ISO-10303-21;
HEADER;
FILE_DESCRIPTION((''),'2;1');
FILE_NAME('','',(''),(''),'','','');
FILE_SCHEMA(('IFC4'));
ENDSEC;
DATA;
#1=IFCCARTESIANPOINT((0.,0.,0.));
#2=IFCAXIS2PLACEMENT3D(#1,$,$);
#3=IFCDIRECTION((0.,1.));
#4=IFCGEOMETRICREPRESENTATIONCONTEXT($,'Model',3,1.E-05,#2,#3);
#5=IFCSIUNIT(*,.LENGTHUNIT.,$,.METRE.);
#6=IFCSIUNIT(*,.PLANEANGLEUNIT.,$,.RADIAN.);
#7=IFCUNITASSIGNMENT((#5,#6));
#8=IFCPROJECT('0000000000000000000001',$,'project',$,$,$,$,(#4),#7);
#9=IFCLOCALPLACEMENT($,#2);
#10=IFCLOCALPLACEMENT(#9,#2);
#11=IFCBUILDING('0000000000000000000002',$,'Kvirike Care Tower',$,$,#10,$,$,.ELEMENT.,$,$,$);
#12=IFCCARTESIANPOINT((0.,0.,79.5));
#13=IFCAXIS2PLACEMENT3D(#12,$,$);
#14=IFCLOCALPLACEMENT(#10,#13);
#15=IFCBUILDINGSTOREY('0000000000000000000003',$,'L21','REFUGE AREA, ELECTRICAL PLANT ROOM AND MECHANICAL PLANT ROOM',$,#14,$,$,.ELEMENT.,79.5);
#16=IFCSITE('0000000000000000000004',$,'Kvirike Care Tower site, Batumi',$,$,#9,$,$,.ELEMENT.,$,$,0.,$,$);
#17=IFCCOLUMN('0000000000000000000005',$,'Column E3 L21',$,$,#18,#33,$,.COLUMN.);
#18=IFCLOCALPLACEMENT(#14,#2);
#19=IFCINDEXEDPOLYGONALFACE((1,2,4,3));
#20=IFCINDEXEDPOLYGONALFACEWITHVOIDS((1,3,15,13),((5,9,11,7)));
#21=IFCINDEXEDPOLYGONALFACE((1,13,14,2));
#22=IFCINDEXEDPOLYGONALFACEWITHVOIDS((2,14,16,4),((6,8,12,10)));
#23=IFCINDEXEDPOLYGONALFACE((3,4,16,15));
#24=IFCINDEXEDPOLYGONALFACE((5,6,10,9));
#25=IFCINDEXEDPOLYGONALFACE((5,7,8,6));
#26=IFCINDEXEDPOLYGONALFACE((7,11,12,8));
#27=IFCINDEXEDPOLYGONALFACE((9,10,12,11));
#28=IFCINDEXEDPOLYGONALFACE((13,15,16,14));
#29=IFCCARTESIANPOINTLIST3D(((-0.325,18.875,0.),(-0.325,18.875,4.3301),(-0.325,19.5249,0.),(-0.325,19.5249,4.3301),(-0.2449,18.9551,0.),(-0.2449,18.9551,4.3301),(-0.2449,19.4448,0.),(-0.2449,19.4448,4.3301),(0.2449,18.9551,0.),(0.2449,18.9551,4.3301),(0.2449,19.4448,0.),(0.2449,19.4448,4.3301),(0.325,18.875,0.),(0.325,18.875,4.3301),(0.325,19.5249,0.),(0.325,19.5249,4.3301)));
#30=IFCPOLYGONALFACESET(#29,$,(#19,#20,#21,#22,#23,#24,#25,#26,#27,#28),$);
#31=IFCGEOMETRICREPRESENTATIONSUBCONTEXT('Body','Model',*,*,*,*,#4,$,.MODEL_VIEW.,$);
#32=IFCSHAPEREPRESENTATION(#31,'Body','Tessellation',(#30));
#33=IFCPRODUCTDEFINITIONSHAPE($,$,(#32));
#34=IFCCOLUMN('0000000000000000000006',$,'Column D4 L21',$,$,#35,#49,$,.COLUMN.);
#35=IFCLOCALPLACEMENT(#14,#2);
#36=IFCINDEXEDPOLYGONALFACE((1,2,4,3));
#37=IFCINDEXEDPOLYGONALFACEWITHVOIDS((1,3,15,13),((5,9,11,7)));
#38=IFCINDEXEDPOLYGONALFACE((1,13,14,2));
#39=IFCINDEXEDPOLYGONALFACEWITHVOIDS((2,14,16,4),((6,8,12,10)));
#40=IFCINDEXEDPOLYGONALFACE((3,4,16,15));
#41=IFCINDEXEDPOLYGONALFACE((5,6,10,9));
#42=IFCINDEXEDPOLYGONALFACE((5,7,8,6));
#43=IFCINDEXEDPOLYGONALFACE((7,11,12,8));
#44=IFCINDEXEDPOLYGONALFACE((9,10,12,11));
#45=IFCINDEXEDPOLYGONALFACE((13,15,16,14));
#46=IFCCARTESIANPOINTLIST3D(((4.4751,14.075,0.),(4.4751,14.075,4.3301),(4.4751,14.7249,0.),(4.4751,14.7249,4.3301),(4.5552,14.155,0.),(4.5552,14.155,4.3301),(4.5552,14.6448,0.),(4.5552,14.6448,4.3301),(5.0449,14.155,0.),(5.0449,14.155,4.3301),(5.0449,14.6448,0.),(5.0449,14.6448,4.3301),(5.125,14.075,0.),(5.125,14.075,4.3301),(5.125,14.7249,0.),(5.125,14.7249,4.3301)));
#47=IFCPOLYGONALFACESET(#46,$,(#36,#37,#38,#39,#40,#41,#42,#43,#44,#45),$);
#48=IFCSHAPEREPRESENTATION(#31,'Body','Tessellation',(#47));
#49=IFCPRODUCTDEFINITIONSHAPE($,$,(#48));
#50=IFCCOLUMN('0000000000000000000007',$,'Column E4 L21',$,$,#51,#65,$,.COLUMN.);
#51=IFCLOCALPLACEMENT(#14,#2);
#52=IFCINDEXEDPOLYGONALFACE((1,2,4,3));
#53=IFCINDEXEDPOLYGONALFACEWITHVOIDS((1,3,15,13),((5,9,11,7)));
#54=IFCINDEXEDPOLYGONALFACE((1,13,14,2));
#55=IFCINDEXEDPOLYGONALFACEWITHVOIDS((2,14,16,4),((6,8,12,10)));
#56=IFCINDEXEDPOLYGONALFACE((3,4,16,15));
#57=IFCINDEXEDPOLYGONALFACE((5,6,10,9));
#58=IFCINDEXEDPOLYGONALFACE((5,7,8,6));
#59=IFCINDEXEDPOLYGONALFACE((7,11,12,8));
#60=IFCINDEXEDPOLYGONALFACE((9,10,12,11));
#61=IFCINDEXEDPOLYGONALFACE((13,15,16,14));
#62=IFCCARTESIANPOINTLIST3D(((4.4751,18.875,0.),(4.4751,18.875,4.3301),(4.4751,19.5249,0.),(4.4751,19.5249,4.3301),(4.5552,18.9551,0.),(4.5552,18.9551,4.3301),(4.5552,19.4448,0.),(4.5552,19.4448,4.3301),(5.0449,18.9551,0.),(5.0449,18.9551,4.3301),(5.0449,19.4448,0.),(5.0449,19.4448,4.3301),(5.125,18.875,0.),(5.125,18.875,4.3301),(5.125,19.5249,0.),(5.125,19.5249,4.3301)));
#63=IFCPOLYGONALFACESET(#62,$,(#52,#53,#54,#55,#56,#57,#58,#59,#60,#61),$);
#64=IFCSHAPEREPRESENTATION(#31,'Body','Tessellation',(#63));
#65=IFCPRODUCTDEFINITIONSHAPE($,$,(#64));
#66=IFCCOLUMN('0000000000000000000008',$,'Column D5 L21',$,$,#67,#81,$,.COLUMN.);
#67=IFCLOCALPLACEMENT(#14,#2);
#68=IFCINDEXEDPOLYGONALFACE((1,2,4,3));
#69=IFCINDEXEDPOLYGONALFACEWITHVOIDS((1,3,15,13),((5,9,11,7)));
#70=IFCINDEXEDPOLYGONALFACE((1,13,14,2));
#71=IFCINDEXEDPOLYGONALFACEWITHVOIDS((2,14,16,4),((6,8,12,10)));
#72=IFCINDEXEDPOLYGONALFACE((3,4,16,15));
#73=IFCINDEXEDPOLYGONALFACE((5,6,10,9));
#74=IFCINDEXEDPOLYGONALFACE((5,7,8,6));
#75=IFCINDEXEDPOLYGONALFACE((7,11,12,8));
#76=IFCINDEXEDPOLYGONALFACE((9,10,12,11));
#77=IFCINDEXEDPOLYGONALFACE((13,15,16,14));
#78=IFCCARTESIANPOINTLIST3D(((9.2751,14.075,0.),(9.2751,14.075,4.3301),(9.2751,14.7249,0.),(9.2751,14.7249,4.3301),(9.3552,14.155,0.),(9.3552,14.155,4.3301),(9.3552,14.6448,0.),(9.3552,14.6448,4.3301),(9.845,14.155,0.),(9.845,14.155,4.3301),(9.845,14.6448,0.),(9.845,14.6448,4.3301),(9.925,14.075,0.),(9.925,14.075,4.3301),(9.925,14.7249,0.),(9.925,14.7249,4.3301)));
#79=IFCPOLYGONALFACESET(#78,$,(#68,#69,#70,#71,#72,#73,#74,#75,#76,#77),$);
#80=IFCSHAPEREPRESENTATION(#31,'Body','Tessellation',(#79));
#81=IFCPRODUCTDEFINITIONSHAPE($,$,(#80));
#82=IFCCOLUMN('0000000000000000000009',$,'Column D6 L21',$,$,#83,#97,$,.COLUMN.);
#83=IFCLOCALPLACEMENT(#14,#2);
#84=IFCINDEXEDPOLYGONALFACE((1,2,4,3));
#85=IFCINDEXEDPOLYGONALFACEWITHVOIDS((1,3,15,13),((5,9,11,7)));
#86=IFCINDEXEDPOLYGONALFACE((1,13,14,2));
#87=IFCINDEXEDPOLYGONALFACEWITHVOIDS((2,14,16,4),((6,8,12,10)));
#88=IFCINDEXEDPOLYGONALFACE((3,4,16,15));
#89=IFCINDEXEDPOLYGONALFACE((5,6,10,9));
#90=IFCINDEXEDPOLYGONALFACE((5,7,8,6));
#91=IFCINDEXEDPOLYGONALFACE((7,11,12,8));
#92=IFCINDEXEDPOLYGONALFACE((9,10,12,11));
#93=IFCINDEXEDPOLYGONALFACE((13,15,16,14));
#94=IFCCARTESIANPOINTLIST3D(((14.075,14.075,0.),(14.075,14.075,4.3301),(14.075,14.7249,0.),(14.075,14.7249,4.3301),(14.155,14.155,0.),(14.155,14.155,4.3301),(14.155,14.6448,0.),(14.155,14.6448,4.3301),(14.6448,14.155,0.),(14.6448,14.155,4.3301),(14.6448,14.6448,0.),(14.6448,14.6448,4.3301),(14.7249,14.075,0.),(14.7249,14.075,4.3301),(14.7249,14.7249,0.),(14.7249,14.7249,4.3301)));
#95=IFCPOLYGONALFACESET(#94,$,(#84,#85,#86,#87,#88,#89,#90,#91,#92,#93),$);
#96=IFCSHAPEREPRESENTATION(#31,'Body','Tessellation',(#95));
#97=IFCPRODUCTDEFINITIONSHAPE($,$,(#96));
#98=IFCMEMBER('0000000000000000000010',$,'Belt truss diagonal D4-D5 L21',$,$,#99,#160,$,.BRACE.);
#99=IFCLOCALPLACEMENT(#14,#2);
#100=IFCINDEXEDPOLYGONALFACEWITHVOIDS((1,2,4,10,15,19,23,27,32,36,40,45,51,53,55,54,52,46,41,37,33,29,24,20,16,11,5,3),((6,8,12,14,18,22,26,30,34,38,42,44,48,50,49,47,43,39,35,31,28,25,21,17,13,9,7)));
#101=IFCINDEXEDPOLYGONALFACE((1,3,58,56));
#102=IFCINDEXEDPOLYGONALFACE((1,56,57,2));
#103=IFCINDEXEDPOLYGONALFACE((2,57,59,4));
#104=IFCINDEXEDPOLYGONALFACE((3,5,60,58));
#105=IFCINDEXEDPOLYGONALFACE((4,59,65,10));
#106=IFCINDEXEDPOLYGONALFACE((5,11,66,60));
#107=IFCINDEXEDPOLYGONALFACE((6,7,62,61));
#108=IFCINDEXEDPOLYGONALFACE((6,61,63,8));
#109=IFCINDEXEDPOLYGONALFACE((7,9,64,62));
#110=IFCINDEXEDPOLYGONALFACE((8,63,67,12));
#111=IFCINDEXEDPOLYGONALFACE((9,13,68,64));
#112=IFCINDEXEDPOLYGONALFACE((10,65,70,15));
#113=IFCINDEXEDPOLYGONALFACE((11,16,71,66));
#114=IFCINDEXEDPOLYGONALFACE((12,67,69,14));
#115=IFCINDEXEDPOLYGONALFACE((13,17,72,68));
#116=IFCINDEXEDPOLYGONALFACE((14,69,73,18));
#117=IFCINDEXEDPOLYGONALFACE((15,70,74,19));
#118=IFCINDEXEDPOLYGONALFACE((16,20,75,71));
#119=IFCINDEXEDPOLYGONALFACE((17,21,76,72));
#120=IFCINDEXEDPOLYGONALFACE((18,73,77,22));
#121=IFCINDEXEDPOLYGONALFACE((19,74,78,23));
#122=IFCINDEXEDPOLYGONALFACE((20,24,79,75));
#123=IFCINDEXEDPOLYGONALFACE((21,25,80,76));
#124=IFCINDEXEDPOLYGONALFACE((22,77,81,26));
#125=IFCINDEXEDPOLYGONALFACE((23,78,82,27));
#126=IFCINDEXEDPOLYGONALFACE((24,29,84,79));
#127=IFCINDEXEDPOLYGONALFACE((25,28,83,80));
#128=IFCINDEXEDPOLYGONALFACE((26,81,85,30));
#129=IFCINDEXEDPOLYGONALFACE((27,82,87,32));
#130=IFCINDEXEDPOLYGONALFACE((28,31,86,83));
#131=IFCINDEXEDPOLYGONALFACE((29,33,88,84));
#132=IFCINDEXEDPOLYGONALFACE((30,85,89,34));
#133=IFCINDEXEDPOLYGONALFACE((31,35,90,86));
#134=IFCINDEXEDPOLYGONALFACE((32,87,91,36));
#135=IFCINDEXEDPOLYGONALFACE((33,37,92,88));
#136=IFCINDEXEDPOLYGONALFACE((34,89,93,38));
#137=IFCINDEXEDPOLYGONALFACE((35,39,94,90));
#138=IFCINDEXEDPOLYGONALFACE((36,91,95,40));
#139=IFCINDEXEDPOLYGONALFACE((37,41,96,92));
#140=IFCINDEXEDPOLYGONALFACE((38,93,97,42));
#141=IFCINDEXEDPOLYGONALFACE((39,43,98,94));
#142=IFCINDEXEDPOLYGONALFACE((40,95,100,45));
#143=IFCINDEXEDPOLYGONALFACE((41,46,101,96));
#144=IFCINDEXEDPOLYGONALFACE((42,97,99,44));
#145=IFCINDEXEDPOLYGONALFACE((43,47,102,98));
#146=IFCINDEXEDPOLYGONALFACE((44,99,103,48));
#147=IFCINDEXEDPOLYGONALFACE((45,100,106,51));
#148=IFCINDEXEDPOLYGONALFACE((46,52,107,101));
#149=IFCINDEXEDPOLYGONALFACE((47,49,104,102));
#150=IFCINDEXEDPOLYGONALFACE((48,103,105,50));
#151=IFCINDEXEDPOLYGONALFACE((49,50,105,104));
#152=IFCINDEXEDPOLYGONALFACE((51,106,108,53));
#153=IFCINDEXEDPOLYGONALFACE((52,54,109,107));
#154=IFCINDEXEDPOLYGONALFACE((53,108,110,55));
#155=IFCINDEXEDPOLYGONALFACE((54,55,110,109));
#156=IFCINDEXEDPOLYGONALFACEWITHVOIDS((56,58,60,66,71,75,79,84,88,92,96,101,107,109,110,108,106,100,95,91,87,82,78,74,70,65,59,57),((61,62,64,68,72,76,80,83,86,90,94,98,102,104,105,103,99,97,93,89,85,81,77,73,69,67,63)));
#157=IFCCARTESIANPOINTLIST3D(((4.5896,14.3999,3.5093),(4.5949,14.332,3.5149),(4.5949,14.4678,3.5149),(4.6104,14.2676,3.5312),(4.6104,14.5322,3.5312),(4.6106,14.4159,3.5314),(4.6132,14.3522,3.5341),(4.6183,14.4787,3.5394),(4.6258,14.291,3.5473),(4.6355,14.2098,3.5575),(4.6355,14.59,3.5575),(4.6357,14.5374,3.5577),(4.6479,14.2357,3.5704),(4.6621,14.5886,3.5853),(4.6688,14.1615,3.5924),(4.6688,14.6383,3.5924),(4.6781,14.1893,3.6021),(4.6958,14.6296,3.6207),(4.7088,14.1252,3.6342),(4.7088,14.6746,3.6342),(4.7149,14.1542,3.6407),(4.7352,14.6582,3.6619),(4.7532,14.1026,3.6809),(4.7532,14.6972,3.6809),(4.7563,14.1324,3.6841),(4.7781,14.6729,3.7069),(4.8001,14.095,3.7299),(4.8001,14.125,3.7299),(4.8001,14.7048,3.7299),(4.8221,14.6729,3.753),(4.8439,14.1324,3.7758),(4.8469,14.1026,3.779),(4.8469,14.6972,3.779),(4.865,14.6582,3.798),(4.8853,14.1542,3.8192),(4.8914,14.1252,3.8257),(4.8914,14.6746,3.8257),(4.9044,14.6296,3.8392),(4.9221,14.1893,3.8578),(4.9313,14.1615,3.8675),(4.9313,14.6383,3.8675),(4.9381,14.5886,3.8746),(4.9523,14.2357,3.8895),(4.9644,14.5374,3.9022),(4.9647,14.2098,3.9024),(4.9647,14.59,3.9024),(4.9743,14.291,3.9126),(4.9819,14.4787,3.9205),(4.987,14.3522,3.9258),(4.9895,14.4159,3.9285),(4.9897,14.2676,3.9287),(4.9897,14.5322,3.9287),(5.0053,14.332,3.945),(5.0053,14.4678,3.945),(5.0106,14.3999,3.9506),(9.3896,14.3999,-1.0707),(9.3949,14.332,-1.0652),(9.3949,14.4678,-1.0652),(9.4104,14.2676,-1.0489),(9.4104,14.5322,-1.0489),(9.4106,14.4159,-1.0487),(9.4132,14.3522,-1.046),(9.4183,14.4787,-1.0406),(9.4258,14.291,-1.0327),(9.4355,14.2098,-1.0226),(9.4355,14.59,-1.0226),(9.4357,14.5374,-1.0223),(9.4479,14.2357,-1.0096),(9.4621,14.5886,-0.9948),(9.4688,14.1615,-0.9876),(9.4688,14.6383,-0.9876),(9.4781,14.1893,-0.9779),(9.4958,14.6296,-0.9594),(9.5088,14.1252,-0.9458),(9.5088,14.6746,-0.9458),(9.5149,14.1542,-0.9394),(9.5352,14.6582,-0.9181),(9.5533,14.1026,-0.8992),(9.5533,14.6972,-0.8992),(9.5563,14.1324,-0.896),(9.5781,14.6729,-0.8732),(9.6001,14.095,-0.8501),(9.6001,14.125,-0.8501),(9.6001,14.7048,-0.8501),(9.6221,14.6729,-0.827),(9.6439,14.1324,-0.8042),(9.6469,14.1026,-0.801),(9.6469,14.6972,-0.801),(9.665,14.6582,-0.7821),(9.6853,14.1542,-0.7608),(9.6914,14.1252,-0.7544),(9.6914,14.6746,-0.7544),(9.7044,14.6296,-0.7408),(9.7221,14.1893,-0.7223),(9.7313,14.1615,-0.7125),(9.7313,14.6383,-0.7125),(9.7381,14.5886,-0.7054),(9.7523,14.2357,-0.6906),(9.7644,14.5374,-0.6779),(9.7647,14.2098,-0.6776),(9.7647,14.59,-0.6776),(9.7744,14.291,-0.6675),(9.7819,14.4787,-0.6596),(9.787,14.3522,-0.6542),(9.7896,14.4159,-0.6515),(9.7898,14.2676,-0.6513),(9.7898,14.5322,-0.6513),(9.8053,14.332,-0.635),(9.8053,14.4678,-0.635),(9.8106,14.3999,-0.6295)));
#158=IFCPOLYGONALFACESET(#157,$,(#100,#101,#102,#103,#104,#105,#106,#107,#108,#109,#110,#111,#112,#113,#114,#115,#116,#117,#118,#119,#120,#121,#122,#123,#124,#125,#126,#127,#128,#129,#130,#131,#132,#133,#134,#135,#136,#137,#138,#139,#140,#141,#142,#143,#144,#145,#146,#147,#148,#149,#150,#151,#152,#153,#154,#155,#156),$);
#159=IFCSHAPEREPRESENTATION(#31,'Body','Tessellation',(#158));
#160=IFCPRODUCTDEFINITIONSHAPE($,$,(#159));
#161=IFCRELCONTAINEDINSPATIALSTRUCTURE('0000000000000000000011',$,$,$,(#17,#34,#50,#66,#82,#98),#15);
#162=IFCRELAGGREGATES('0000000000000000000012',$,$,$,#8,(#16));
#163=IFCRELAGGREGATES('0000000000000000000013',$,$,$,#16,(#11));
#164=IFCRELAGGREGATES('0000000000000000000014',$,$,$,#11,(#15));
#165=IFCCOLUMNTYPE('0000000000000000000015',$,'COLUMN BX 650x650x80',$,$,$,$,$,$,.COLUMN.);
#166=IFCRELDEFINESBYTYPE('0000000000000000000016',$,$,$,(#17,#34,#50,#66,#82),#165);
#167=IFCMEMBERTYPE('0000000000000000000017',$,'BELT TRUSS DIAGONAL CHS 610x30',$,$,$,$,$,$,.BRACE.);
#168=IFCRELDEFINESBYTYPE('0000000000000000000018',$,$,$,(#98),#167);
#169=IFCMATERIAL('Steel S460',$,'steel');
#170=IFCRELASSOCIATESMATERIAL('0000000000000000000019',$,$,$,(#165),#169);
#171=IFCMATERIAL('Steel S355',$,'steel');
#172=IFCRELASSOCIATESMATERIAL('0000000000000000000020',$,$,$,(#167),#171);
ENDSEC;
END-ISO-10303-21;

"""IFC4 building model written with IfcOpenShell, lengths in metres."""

from ifc_helpers import new_model, si_unit, direction, frame, origin, origin_2d, place, context, subcontext, project, spatial, hollow_rectangle, hollow_circle, extrude, material, material_profile, profile_set, type_object, element, save


model = new_model("IFC4")

# Units and contexts
model_context = context("Model", 3, precision=1e-05, world=origin(), true_north=direction((0.0, 1.0)))
body_context = subcontext(model_context, "Body", "Model", "MODEL_VIEW")
ifc_project = project(units=[si_unit("LENGTHUNIT", "METRE"), si_unit("PLANEANGLEUNIT", "RADIAN")], contexts=[model_context])

# Site, building, storey
site_placement = place(None, origin())
site = spatial("IfcSite", under=ifc_project, at=site_placement, Name="Kvirike Care Tower site, Batumi", CompositionType="ELEMENT", RefElevation=0.0)
building_placement = place(site_placement, origin())
building = spatial("IfcBuilding", under=site, at=building_placement, Name="Kvirike Care Tower", CompositionType="ELEMENT")
storey_placement = place(building_placement, frame((0.0, 0.0, 79.5)))
storey = spatial("IfcBuildingStorey", under=building, at=storey_placement, Name="L21", Description="REFUGE AREA, ELECTRICAL PLANT ROOM AND MECHANICAL PLANT ROOM", CompositionType="ELEMENT", Elevation=79.5)

# Columns
ifc_material_1 = material(Name="Steel S460", Category="steel")
ifc_material_profile_1 = material_profile(ifc_material_1, hollow_rectangle(XDim=0.6499, YDim=0.6499, WallThickness=0.0801, at=origin_2d()), Name="BX 650x650x80")
ifc_profile_set_1 = profile_set([ifc_material_profile_1], Name="Steel S460")
column_type = type_object("IfcColumnType", Name="COLUMN BX 650x650x80", PredefinedType="COLUMN", material=ifc_profile_set_1)
for number, where, z_axis, x_axis, name in (
    (1, (0.0, 19.2, 0.0), (0.0, 0.0, 1.0), (0.0, 1.0, 0.0), "Column E3 L21"),
    (2, (4.8, 14.3999, 0.0), (0.0, 0.0, 1.0), (0.0, 1.0, 0.0), "Column D4 L21"),
    (3, (4.8, 19.2, 0.0), (0.0, 0.0, 1.0), (0.0, 1.0, 0.0), "Column E4 L21"),
    (4, (9.6001, 14.3999, 0.0), (0.0, 0.0, 1.0), (0.0, 1.0, 0.0), "Column D5 L21"),
    (5, (14.3999, 14.3999, 0.0), (0.0, 0.0, 1.0), (0.0, 1.0, 0.0), "Column D6 L21"),
):
    element("IfcColumn", number, at=place(storey_placement, frame(where, z_axis=z_axis, x_axis=x_axis)), inside=storey, type_object=column_type, Name=name, PredefinedType="COLUMN", context=body_context, shape_type="SweptSolid", body=[
        extrude(hollow_rectangle(XDim=0.6499, YDim=0.6499, WallThickness=0.0801, at=origin_2d()), origin(), (0.0, 0.0, 1.0), 4.3301),
    ])

# Member
ifc_material_2 = material(Name="Steel S355", Category="steel")
ifc_material_profile_2 = material_profile(ifc_material_2, hollow_circle(Radius=0.3049, WallThickness=0.03, at=origin_2d()), Name="CHS 610x30")
ifc_profile_set_2 = profile_set([ifc_material_profile_2], Name="Steel S355")
member_type_1 = type_object("IfcMemberType", Name="BELT TRUSS DIAGONAL CHS 610x30", PredefinedType="BRACE", material=ifc_profile_set_2)
member_1_placement = place(storey_placement, frame((9.6001, 14.3999, -0.8501), z_axis=(-0.72349, 0.0, 0.690335), x_axis=(0.0, -1.0, 0.0)))
element("IfcMember", 6, at=member_1_placement, inside=storey, type_object=member_type_1, Name="Belt truss diagonal D4-D5 L21", PredefinedType="BRACE", context=body_context, shape_type="SweptSolid", body=[
    extrude(hollow_circle(Radius=0.3049, WallThickness=0.03, at=origin_2d()), origin(), (0.0, 0.0, 1.0), 6.6345),
])

save(model, "model.ifc")
